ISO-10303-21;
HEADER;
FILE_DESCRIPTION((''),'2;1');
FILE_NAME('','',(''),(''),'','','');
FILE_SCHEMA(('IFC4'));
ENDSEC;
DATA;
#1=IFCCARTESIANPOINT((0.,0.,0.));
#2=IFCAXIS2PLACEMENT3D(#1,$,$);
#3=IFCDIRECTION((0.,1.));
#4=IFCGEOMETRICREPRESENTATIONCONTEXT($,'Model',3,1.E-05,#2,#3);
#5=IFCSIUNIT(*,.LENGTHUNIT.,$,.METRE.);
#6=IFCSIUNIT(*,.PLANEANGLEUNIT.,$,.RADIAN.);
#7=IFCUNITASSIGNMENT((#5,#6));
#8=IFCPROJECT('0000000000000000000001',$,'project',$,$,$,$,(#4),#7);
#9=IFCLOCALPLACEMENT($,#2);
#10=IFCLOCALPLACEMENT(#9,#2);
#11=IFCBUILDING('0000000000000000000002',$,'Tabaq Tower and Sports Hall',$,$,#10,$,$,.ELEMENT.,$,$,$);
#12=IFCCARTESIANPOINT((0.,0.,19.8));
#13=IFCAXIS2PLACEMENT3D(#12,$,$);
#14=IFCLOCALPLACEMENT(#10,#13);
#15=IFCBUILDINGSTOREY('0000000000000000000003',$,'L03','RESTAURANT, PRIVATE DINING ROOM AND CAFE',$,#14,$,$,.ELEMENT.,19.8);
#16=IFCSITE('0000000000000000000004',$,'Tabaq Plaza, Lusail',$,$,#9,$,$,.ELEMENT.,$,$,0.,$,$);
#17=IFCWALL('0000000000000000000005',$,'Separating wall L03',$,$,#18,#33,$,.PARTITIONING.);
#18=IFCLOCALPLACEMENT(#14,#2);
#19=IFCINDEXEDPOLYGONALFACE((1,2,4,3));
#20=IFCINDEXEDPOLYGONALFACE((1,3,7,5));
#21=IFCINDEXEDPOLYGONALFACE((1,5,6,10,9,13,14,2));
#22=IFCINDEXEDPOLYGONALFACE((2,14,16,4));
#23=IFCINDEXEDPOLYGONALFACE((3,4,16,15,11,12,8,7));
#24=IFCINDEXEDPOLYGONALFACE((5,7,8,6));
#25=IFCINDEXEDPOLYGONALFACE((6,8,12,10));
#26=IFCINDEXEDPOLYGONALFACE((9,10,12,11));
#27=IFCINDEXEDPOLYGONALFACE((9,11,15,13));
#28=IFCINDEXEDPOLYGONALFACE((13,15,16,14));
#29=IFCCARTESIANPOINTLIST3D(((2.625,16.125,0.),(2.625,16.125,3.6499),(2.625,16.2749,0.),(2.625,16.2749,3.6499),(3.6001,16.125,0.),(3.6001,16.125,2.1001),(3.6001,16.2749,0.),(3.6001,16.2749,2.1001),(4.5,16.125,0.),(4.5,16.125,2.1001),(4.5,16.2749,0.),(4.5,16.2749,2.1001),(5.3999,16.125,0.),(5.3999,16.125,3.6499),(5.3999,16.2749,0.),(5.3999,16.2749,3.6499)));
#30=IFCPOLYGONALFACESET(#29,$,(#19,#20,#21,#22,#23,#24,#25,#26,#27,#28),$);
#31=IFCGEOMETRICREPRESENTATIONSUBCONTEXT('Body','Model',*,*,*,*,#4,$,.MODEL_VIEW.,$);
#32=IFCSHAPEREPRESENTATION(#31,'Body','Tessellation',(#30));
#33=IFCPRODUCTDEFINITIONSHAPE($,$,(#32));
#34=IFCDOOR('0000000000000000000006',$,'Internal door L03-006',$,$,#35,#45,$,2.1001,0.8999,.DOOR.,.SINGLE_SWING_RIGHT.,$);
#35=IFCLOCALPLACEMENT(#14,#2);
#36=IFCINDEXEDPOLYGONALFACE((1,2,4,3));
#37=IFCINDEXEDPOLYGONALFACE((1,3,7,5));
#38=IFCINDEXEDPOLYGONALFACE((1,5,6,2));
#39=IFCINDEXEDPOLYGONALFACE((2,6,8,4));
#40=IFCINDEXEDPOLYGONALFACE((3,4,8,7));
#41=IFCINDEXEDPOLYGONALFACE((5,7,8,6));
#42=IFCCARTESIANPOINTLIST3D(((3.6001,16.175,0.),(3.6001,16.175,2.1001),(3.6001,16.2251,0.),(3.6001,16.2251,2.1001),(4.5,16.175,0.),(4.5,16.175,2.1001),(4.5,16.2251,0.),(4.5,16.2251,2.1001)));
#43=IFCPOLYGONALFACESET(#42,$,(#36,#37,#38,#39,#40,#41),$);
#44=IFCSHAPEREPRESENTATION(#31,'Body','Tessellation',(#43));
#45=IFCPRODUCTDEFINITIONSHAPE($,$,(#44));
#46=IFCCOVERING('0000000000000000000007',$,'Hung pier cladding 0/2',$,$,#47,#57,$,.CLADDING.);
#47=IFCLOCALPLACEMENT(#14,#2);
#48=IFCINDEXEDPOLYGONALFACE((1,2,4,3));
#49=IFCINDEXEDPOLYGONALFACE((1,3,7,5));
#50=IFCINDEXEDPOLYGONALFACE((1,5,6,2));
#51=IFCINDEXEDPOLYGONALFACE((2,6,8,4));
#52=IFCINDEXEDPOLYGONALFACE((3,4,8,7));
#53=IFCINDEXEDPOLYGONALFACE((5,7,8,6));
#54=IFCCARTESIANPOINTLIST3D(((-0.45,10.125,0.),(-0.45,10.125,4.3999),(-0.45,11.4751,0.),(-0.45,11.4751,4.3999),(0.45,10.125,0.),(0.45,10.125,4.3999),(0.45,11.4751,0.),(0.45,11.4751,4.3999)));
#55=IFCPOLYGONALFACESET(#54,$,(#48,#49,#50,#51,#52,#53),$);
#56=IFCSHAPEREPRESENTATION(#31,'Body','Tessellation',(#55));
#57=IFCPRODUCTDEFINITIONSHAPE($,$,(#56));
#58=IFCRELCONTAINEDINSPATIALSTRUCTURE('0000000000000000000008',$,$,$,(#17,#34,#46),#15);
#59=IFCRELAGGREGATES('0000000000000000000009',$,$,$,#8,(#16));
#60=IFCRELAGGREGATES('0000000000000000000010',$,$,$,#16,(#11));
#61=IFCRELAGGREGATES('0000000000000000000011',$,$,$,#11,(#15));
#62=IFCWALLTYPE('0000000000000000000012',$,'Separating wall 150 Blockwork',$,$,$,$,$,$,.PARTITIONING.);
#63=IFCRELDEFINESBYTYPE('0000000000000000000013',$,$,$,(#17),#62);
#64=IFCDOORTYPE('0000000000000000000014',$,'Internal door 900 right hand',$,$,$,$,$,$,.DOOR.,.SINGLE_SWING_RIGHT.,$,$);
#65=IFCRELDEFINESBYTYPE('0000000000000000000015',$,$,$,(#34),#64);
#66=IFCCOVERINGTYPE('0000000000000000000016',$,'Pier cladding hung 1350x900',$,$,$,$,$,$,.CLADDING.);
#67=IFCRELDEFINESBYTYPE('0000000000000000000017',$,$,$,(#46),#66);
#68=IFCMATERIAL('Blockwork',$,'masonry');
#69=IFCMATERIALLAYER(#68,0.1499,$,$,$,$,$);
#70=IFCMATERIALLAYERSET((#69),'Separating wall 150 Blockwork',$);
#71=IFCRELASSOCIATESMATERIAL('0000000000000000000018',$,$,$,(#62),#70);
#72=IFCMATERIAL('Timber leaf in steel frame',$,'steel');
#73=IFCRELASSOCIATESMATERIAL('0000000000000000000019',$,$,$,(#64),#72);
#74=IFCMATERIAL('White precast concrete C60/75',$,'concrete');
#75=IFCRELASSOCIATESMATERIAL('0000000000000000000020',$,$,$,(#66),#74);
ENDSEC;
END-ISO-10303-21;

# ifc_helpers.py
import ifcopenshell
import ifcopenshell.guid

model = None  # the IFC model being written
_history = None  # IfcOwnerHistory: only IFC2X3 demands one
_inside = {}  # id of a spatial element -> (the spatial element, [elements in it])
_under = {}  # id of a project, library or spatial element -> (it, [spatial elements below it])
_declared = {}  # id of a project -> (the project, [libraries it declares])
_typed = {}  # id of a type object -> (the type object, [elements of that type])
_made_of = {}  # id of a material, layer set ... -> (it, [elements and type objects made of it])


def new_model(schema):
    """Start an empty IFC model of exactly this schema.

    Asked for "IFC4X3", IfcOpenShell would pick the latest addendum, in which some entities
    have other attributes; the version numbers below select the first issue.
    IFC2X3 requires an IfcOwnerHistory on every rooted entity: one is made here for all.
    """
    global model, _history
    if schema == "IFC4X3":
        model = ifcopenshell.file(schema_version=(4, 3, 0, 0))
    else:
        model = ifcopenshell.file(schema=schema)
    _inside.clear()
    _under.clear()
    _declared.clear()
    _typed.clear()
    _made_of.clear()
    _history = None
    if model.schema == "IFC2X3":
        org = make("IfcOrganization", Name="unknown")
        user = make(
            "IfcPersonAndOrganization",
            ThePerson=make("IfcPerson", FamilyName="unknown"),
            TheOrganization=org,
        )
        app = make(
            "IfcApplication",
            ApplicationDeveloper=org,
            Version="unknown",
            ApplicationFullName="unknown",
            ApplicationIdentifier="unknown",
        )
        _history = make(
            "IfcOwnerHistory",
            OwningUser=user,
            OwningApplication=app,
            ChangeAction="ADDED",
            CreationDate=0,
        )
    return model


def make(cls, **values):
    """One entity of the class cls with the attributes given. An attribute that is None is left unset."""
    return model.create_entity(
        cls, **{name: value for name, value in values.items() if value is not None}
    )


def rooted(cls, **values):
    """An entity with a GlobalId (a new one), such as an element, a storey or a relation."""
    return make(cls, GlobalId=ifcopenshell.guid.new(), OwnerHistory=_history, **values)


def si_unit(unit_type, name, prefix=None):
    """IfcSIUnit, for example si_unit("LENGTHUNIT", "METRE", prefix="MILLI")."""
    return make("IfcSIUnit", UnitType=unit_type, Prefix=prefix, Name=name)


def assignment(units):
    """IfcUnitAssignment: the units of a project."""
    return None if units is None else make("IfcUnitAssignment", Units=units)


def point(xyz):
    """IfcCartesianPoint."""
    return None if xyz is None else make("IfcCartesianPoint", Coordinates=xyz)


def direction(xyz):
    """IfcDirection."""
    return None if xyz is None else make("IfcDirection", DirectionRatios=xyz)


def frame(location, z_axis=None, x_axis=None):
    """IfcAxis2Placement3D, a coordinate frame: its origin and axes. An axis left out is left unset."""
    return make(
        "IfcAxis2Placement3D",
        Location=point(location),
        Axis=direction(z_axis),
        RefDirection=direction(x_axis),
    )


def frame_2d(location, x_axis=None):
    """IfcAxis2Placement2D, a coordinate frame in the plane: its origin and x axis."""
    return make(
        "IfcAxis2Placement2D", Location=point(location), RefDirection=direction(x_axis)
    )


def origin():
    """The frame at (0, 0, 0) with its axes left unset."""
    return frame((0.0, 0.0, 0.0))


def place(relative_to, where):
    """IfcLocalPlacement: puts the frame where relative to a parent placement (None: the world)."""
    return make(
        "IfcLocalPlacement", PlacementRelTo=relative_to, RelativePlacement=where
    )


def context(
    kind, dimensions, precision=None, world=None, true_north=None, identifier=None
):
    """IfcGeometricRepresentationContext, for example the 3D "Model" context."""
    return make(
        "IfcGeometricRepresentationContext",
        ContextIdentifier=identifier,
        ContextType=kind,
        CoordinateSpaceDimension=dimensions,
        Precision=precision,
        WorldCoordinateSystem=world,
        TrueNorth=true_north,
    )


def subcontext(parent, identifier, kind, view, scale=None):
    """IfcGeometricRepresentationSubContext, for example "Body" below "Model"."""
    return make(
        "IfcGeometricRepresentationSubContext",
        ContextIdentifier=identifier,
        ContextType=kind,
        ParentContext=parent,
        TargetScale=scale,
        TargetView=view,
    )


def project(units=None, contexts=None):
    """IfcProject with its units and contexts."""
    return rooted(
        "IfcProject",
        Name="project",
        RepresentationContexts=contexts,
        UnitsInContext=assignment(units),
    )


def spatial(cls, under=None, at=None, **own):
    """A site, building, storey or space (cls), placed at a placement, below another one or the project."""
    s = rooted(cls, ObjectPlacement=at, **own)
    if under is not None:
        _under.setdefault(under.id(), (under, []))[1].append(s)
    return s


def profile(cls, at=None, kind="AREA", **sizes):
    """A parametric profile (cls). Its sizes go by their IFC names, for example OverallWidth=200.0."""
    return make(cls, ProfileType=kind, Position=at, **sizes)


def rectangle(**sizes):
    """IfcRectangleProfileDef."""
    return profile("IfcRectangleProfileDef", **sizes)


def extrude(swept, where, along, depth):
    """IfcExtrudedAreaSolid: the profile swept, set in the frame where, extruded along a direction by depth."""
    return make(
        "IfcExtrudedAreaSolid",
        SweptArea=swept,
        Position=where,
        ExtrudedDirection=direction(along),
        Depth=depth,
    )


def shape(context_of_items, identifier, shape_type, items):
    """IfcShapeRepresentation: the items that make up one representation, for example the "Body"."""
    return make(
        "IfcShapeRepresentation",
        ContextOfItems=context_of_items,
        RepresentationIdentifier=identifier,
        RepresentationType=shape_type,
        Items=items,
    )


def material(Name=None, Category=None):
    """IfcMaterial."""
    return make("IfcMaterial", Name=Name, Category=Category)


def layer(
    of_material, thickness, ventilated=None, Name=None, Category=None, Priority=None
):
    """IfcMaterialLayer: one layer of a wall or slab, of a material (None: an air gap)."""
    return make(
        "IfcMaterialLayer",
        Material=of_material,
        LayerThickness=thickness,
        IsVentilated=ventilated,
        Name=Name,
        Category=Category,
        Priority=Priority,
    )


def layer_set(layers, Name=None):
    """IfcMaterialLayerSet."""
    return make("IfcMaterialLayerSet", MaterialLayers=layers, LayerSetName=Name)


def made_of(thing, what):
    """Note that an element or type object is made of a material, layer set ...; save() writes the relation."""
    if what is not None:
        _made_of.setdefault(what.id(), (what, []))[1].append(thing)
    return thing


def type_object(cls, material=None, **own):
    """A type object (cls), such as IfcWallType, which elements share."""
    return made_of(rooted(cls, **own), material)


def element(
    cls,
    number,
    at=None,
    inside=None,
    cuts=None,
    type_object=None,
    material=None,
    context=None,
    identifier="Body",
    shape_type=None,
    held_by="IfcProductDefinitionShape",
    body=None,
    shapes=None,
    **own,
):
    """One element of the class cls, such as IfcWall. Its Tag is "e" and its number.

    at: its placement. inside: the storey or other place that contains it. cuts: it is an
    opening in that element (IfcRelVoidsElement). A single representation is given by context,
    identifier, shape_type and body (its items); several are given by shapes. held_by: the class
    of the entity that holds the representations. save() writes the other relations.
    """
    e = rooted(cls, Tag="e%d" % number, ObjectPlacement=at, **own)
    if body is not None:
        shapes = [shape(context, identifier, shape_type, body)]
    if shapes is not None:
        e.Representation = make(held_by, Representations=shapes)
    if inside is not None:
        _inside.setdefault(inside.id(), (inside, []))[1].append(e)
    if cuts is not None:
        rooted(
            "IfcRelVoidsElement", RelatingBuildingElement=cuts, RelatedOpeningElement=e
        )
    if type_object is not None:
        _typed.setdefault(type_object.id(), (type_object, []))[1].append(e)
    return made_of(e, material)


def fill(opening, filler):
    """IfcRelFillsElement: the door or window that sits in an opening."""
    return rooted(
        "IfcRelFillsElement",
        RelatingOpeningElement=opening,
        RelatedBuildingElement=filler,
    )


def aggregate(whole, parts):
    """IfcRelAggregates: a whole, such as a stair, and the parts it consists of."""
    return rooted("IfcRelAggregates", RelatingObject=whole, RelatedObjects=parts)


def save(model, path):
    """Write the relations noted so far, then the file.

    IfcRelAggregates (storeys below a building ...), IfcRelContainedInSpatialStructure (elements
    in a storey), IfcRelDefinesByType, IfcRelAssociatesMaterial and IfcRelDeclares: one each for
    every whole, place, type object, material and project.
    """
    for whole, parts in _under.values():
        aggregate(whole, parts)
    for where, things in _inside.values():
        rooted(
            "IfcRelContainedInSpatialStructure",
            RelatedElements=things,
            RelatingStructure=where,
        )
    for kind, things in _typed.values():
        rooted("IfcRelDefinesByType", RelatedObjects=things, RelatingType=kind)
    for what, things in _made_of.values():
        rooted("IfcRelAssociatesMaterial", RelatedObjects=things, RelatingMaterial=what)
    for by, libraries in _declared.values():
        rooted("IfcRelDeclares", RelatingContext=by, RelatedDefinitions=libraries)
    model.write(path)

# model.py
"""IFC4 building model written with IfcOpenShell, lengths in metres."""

from ifc_helpers import new_model, si_unit, direction, frame, frame_2d, origin, place, context, subcontext, project, spatial, rectangle, extrude, material, layer, layer_set, type_object, element, fill, save


model = new_model("IFC4")

# Units and contexts
model_context = context("Model", 3, precision=1e-05, world=origin(), true_north=direction((0.0, 1.0)))
body_context = subcontext(model_context, "Body", "Model", "MODEL_VIEW")
ifc_project = project(units=[si_unit("LENGTHUNIT", "METRE"), si_unit("PLANEANGLEUNIT", "RADIAN")], contexts=[model_context])

# Site, building, storey
site_placement = place(None, origin())
site = spatial("IfcSite", under=ifc_project, at=site_placement, Name="Tabaq Plaza, Lusail", CompositionType="ELEMENT", RefElevation=0.0)
building_placement = place(site_placement, origin())
building = spatial("IfcBuilding", under=site, at=building_placement, Name="Tabaq Tower and Sports Hall", CompositionType="ELEMENT")
storey_placement = place(building_placement, frame((0.0, 0.0, 19.8)))
storey = spatial("IfcBuildingStorey", under=building, at=storey_placement, Name="L03", Description="RESTAURANT, PRIVATE DINING ROOM AND CAFE", CompositionType="ELEMENT", Elevation=19.8)

# Wall, opening, door
ifc_material_1 = material(Name="Blockwork", Category="masonry")
ifc_layer_1 = layer(ifc_material_1, 0.1499)
ifc_layer_set_1 = layer_set([ifc_layer_1], Name="Separating wall 150 Blockwork")
wall_type_1 = type_object("IfcWallType", Name="Separating wall 150 Blockwork", PredefinedType="PARTITIONING", material=ifc_layer_set_1)
wall_1_placement = place(storey_placement, frame((5.3999, 16.2, 0.0), z_axis=(0.0, 0.0, 1.0), x_axis=(-1.0, 0.0, 0.0)))
wall_1 = element("IfcWall", 1, at=wall_1_placement, inside=storey, type_object=wall_type_1, Name="Separating wall L03", PredefinedType="PARTITIONING", context=body_context, shape_type="SweptSolid", body=[
    extrude(rectangle(XDim=2.7749, YDim=0.1499, at=frame_2d((1.3875, 0.0))), origin(), (0.0, 0.0, 1.0), 3.6499),
])
opening_1_placement = place(wall_1_placement, frame((0.8999, 0.0, 0.0)))
opening_1 = element("IfcOpeningElement", 2, at=opening_1_placement, cuts=wall_1, PredefinedType="OPENING", context=body_context, shape_type="SweptSolid", body=[
    extrude(rectangle(XDim=0.8999, YDim=2.1001, at=frame_2d((0.45, 1.05))), frame((0.0, 0.075, 0.0), z_axis=(0.0, -1.0, 0.0), x_axis=(1.0, 0.0, 0.0)), (0.0, 0.0, 1.0), 0.1499),
])
ifc_material_2 = material(Name="Timber leaf in steel frame", Category="steel")
door_type_1 = type_object("IfcDoorType", Name="Internal door 900 right hand", OperationType="SINGLE_SWING_RIGHT", PredefinedType="DOOR", material=ifc_material_2)
door_1_placement = place(opening_1_placement, origin())
door_1 = element("IfcDoor", 3, at=door_1_placement, inside=storey, type_object=door_type_1, Name="Internal door L03-006", OperationType="SINGLE_SWING_RIGHT", OverallHeight=2.1001, OverallWidth=0.8999, PredefinedType="DOOR", context=body_context, shape_type="SweptSolid", body=[
    extrude(rectangle(XDim=0.8999, YDim=2.1001, at=frame_2d((0.45, 1.05))), frame((0.0, 0.0249, 0.0), z_axis=(0.0, -1.0, 0.0), x_axis=(1.0, 0.0, 0.0)), (0.0, 0.0, 1.0), 0.05),
])
fill(opening_1, door_1)

# Covering
ifc_material_3 = material(Name="White precast concrete C60/75", Category="concrete")
covering_type = type_object("IfcCoveringType", Name="Pier cladding hung 1350x900", PredefinedType="CLADDING", material=ifc_material_3)
covering_placement = place(storey_placement, frame((0.0, 11.4751, 0.0), z_axis=(0.0, 0.0, 1.0), x_axis=(0.0, -1.0, 0.0)))
element("IfcCovering", 4, at=covering_placement, inside=storey, type_object=covering_type, Name="Hung pier cladding 0/2", PredefinedType="CLADDING", context=body_context, shape_type="SweptSolid", body=[
    extrude(rectangle(XDim=1.3501, YDim=0.8999, at=frame_2d((0.675, 0.0))), origin(), (0.0, 0.0, 1.0), 4.3999),
])

save(model, "model.ifc")
